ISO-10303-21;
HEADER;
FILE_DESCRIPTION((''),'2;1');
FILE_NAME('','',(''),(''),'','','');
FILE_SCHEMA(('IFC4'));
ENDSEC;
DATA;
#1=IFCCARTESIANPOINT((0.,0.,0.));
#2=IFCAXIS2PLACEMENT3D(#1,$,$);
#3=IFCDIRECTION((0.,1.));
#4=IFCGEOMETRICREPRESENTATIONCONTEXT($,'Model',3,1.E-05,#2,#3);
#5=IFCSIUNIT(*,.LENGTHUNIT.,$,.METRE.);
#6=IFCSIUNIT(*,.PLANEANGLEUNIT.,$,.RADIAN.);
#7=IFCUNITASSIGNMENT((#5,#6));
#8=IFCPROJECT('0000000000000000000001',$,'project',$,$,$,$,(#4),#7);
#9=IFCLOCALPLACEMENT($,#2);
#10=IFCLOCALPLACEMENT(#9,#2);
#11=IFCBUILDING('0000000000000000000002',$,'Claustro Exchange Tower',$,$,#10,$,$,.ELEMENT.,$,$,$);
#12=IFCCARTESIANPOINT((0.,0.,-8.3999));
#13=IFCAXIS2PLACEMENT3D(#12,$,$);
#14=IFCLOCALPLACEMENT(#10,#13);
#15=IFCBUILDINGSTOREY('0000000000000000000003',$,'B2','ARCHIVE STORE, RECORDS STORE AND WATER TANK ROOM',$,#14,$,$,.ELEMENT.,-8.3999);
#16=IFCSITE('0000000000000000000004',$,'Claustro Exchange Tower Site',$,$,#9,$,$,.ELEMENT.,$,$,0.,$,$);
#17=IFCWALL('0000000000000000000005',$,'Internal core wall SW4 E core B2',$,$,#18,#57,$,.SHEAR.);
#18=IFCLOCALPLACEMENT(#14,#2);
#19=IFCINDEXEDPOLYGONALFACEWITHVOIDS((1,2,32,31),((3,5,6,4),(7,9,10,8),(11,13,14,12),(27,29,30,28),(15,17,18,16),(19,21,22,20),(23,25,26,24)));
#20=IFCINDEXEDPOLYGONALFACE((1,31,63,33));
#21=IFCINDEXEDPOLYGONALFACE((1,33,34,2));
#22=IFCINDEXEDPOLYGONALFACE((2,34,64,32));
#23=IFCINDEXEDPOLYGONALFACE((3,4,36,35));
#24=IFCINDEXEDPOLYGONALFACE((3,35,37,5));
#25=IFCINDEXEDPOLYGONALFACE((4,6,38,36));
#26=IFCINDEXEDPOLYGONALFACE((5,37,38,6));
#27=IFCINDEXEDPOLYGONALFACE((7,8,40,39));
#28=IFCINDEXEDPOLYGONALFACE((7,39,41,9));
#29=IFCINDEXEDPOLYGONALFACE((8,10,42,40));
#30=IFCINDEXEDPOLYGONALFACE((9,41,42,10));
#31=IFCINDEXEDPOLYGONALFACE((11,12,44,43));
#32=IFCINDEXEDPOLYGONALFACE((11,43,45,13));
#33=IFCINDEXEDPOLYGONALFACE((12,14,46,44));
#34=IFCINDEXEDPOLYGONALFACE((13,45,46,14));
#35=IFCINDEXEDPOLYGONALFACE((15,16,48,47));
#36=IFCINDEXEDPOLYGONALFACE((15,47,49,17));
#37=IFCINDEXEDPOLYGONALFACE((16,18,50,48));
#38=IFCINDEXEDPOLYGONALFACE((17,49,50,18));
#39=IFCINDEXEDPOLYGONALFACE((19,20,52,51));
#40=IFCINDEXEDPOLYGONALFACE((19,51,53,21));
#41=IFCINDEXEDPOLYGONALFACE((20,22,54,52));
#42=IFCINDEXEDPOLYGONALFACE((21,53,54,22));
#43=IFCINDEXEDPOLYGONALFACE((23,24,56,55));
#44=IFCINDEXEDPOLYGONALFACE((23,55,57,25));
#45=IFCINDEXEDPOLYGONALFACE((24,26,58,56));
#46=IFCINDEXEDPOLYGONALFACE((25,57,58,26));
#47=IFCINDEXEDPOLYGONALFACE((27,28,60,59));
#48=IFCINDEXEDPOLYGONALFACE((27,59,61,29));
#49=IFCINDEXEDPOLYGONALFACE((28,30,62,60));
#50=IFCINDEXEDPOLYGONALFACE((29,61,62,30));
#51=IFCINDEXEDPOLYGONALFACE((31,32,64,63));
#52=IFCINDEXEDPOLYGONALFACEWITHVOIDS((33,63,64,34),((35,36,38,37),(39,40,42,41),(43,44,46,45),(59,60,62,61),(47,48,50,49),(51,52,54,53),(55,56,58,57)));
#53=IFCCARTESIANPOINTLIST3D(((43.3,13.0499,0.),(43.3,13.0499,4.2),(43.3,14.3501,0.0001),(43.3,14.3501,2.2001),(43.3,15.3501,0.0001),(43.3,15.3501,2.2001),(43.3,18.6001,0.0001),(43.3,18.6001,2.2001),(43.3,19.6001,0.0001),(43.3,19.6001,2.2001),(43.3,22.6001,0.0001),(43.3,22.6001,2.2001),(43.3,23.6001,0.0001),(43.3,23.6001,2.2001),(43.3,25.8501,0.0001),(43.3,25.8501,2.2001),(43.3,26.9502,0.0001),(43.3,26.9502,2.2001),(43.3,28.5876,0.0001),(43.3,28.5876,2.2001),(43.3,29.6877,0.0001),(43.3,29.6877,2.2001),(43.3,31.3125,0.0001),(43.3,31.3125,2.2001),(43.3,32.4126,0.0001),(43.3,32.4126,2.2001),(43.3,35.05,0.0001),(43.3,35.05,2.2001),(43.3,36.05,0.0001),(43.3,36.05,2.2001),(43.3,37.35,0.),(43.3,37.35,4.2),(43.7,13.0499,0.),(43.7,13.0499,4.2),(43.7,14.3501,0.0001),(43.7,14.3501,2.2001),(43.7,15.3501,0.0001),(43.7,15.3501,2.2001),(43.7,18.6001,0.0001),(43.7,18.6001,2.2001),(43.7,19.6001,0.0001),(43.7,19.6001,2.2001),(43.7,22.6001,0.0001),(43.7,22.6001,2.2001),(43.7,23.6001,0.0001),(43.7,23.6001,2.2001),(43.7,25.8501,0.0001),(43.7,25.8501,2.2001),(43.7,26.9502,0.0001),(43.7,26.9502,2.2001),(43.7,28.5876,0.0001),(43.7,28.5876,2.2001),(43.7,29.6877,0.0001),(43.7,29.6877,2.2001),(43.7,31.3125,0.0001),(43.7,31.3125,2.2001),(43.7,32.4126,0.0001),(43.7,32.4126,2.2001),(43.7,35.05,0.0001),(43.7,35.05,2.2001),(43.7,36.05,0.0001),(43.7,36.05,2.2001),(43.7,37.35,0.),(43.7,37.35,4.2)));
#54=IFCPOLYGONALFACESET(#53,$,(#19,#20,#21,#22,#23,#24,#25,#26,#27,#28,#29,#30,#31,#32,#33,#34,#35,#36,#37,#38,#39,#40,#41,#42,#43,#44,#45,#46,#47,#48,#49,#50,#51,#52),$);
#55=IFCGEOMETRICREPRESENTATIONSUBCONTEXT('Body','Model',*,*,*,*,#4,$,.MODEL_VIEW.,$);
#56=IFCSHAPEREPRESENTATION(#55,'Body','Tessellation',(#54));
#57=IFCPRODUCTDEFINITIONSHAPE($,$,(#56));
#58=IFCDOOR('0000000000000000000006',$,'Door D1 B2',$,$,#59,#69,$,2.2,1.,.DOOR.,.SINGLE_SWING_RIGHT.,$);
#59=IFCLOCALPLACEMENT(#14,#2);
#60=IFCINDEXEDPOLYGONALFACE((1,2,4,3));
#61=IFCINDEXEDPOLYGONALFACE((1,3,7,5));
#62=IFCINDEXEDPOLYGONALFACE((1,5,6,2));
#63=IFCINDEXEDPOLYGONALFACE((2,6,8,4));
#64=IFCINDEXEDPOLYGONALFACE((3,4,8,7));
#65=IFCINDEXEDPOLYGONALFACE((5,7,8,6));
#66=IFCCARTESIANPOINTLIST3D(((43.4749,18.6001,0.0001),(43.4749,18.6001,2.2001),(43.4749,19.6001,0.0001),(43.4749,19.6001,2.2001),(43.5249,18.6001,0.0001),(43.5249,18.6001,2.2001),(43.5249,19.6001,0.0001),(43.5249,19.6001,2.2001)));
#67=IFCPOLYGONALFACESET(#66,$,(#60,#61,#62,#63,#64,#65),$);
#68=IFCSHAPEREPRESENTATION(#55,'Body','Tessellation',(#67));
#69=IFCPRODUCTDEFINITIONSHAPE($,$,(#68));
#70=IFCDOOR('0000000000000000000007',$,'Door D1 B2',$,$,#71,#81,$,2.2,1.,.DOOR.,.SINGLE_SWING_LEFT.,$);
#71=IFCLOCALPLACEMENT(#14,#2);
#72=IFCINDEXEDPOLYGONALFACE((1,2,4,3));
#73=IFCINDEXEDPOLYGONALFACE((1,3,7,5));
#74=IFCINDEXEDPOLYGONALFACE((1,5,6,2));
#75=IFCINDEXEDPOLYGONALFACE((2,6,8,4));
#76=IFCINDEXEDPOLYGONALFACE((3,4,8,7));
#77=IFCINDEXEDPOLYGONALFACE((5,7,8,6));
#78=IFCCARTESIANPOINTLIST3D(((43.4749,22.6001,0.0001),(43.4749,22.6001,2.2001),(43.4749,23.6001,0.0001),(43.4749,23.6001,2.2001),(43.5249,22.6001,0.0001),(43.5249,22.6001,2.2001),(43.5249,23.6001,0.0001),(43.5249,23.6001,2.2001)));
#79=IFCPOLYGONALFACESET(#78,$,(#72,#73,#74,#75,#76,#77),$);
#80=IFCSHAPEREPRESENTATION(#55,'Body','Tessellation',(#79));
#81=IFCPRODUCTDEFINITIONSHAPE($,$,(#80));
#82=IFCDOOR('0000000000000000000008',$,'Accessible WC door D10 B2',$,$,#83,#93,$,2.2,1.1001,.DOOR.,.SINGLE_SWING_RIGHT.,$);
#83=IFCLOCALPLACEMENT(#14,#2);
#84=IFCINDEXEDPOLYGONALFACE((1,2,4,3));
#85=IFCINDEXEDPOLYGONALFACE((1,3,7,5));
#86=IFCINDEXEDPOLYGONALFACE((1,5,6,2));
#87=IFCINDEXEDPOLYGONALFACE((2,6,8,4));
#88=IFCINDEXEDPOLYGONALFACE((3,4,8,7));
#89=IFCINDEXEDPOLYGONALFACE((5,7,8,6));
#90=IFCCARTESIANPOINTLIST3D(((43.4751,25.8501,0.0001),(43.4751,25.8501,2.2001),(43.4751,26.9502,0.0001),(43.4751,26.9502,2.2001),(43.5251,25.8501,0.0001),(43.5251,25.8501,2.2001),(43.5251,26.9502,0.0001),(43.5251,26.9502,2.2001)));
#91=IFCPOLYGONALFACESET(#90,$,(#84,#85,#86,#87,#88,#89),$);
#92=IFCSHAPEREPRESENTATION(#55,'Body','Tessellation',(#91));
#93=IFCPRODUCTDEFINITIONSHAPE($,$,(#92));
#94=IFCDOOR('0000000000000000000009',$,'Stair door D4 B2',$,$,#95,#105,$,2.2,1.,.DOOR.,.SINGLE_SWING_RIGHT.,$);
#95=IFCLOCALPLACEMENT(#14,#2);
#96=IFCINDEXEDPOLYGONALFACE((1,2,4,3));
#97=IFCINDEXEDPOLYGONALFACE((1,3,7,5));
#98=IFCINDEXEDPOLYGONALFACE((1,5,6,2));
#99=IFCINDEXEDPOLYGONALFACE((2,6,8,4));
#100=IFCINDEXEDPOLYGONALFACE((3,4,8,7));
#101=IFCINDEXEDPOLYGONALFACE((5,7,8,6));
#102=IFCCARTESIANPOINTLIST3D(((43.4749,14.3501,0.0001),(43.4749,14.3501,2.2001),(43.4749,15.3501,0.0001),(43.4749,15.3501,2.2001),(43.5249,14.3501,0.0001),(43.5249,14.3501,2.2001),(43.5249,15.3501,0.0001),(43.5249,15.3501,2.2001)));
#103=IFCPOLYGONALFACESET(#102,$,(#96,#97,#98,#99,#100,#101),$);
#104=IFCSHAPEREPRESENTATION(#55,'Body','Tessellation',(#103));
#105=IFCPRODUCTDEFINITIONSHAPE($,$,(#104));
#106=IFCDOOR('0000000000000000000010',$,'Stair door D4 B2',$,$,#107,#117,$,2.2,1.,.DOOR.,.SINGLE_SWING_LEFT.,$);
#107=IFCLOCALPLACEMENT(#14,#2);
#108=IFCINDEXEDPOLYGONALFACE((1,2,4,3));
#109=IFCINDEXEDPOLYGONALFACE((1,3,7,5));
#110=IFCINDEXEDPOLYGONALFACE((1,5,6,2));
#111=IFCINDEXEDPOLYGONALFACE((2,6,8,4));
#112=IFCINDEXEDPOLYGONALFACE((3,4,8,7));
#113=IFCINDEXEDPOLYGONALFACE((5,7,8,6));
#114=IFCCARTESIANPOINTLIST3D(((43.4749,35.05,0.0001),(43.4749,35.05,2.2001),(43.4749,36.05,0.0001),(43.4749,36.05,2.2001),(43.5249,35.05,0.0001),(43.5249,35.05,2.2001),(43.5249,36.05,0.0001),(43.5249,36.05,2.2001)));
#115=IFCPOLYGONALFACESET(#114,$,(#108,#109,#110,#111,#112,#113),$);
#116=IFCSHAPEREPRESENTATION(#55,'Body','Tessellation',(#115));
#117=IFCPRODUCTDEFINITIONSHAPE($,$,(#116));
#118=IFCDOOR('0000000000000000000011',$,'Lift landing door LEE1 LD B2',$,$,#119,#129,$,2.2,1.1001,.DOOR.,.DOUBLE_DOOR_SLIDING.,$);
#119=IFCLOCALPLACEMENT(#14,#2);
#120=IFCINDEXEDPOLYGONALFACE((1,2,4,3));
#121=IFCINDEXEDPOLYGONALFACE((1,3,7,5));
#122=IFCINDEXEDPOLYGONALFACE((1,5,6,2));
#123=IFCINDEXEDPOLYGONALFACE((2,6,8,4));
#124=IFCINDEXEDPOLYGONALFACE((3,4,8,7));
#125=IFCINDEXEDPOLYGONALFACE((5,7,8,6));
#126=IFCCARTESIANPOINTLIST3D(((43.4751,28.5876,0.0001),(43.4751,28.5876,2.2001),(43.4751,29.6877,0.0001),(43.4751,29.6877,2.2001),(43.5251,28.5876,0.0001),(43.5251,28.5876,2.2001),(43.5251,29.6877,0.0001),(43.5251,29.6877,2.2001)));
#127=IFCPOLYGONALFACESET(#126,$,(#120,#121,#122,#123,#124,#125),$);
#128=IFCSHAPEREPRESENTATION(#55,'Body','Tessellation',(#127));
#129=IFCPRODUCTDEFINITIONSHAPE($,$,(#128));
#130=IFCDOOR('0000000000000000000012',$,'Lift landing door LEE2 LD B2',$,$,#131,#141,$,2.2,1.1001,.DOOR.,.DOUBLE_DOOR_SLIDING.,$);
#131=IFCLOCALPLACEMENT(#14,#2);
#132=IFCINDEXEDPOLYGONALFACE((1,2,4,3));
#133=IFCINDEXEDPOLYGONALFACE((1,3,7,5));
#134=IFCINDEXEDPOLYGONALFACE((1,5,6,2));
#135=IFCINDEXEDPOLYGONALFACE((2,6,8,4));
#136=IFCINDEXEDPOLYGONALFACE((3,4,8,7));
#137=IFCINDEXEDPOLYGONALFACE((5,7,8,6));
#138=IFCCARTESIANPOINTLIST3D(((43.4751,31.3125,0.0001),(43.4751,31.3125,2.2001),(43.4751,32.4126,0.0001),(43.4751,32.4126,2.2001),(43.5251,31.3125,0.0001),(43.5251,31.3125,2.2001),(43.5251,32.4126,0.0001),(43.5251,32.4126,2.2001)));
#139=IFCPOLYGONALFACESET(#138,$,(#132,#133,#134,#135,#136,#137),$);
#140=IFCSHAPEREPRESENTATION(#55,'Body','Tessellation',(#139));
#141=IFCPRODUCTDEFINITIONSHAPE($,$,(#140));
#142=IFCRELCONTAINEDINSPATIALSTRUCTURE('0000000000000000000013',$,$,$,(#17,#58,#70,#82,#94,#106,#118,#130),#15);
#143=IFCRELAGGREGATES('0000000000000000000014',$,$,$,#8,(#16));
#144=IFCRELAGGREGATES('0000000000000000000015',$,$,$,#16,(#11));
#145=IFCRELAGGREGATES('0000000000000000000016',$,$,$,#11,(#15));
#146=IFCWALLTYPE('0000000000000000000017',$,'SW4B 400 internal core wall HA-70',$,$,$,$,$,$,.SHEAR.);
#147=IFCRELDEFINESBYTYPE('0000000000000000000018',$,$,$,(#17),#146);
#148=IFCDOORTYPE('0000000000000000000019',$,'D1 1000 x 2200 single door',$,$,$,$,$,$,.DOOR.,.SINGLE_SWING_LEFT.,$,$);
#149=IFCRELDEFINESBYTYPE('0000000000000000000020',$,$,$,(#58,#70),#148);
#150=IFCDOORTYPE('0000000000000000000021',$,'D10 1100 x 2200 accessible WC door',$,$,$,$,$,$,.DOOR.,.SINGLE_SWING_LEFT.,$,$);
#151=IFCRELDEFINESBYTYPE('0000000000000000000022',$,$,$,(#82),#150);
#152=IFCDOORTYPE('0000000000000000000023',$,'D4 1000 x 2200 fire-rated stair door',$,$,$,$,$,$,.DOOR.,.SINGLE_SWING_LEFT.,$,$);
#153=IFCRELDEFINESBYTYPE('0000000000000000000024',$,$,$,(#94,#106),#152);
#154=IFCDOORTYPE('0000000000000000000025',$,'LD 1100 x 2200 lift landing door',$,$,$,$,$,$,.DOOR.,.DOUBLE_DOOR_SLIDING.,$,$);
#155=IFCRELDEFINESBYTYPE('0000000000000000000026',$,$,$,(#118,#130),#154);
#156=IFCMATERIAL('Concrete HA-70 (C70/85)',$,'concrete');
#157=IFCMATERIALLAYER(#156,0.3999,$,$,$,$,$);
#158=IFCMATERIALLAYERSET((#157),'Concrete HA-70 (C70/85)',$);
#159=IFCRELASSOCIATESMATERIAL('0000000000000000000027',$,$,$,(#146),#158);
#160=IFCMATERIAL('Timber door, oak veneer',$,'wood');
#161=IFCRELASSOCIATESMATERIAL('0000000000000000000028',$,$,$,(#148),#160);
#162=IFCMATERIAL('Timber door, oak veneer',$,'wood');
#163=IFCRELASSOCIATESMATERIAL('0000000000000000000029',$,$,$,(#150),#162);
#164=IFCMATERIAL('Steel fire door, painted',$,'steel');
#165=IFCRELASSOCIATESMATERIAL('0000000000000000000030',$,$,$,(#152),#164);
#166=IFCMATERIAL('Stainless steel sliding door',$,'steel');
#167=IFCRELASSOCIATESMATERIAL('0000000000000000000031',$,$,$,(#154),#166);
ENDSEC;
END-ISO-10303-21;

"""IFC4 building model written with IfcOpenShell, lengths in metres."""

from ifc_helpers import new_model, si_unit, direction, frame, frame_2d, origin, place, context, subcontext, project, spatial, rectangle, extrude, material, layer, layer_set, type_object, element, fill, save


model = new_model("IFC4")

# Units and contexts
model_context = context("Model", 3, precision=1e-05, world=origin(), true_north=direction((0.0, 1.0)))
body_context = subcontext(model_context, "Body", "Model", "MODEL_VIEW")
ifc_project = project(units=[si_unit("LENGTHUNIT", "METRE"), si_unit("PLANEANGLEUNIT", "RADIAN")], contexts=[model_context])

# Site, building, storey
site_placement = place(None, origin())
site = spatial("IfcSite", under=ifc_project, at=site_placement, Name="Claustro Exchange Tower Site", CompositionType="ELEMENT", RefElevation=0.0)
building_placement = place(site_placement, origin())
building = spatial("IfcBuilding", under=site, at=building_placement, Name="Claustro Exchange Tower", CompositionType="ELEMENT")
storey_placement = place(building_placement, frame((0.0, 0.0, -8.3999)))
storey = spatial("IfcBuildingStorey", under=building, at=storey_placement, Name="B2", Description="ARCHIVE STORE, RECORDS STORE AND WATER TANK ROOM", CompositionType="ELEMENT", Elevation=-8.3999)

# Wall, openings, doors
ifc_material_1 = material(Name="Concrete HA-70 (C70/85)", Category="concrete")
ifc_layer_1 = layer(ifc_material_1, 0.3999)
ifc_layer_set_1 = layer_set([ifc_layer_1], Name="Concrete HA-70 (C70/85)")
wall_type_1 = type_object("IfcWallType", Name="SW4B 400 internal core wall HA-70", PredefinedType="SHEAR", material=ifc_layer_set_1)
wall_1_placement = place(storey_placement, frame((43.5, 13.05, 0.0), z_axis=(0.0, 0.0, 1.0), x_axis=(0.0, 1.0, 0.0)))
wall_1 = element("IfcWall", 1, at=wall_1_placement, inside=storey, type_object=wall_type_1, Name="Internal core wall SW4 E core B2", PredefinedType="SHEAR", context=body_context, shape_type="SweptSolid", body=[
    extrude(rectangle(XDim=24.3, YDim=0.3999, at=frame_2d((12.1499, 0.0))), origin(), (0.0, 0.0, 1.0), 4.2),
])
opening_1_placement = place(wall_1_placement, frame((1.3, 0.0, 0.0)))
opening_1 = element("IfcOpeningElement", 2, at=opening_1_placement, cuts=wall_1, PredefinedType="OPENING", context=body_context, shape_type="SweptSolid", body=[
    extrude(rectangle(XDim=1.0, YDim=2.2, at=frame_2d((0.5, 1.1001))), frame((0.0, 0.21, 0.0), z_axis=(0.0, -1.0, 0.0), x_axis=(1.0, 0.0, 0.0)), (0.0, 0.0, 1.0), 0.4199),
])
opening_2_placement = place(wall_1_placement, frame((22.0, 0.0, 0.0)))
opening_2 = element("IfcOpeningElement", 3, at=opening_2_placement, cuts=wall_1, PredefinedType="OPENING", context=body_context, shape_type="SweptSolid", body=[
    extrude(rectangle(XDim=1.0, YDim=2.2, at=frame_2d((0.5, 1.1001))), frame((0.0, 0.21, 0.0), z_axis=(0.0, -1.0, 0.0), x_axis=(1.0, 0.0, 0.0)), (0.0, 0.0, 1.0), 0.4199),
])
opening_3_placement = place(wall_1_placement, frame((5.55, 0.0, 0.0)))
opening_3 = element("IfcOpeningElement", 4, at=opening_3_placement, cuts=wall_1, PredefinedType="OPENING", context=body_context, shape_type="SweptSolid", body=[
    extrude(rectangle(XDim=1.0, YDim=2.2, at=frame_2d((0.5, 1.1001))), frame((0.0, 0.21, 0.0), z_axis=(0.0, -1.0, 0.0), x_axis=(1.0, 0.0, 0.0)), (0.0, 0.0, 1.0), 0.4199),
])
opening_4_placement = place(wall_1_placement, frame((9.55, 0.0, 0.0)))
opening_4 = element("IfcOpeningElement", 5, at=opening_4_placement, cuts=wall_1, PredefinedType="OPENING", context=body_context, shape_type="SweptSolid", body=[
    extrude(rectangle(XDim=1.0, YDim=2.2, at=frame_2d((0.5, 1.1001))), frame((0.0, 0.21, 0.0), z_axis=(0.0, -1.0, 0.0), x_axis=(1.0, 0.0, 0.0)), (0.0, 0.0, 1.0), 0.4199),
])
opening_5_placement = place(wall_1_placement, frame((12.8, 0.0, 0.0)))
opening_5 = element("IfcOpeningElement", 6, at=opening_5_placement, cuts=wall_1, PredefinedType="OPENING", context=body_context, shape_type="SweptSolid", body=[
    extrude(rectangle(XDim=1.1001, YDim=2.2, at=frame_2d((0.55, 1.1001))), frame((0.0, 0.21, 0.0), z_axis=(0.0, -1.0, 0.0), x_axis=(1.0, 0.0, 0.0)), (0.0, 0.0, 1.0), 0.4199),
])
opening_6_placement = place(wall_1_placement, frame((15.5376, 0.0, 0.0)))
opening_6 = element("IfcOpeningElement", 7, at=opening_6_placement, cuts=wall_1, PredefinedType="OPENING", context=body_context, shape_type="SweptSolid", body=[
    extrude(rectangle(XDim=1.1001, YDim=2.2, at=frame_2d((0.55, 1.1001))), frame((0.0, 0.21, 0.0), z_axis=(0.0, -1.0, 0.0), x_axis=(1.0, 0.0, 0.0)), (0.0, 0.0, 1.0), 0.4199),
])
opening_7_placement = place(wall_1_placement, frame((18.2625, 0.0, 0.0)))
opening_7 = element("IfcOpeningElement", 8, at=opening_7_placement, cuts=wall_1, PredefinedType="OPENING", context=body_context, shape_type="SweptSolid", body=[
    extrude(rectangle(XDim=1.1001, YDim=2.2, at=frame_2d((0.55, 1.1001))), frame((0.0, 0.21, 0.0), z_axis=(0.0, -1.0, 0.0), x_axis=(1.0, 0.0, 0.0)), (0.0, 0.0, 1.0), 0.4199),
])
ifc_material_2 = material(Name="Timber door, oak veneer", Category="wood")
door_type_1 = type_object("IfcDoorType", Name="D1 1000 x 2200 single door", OperationType="SINGLE_SWING_LEFT", PredefinedType="DOOR", material=ifc_material_2)
door_1_placement = place(opening_3_placement, frame((1.0, 0.0, 0.0), z_axis=(0.0, 0.0, 1.0), x_axis=(-1.0, 0.0, 0.0)))
door_1 = element("IfcDoor", 9, at=door_1_placement, inside=storey, type_object=door_type_1, Name="Door D1 B2", OperationType="SINGLE_SWING_RIGHT", OverallHeight=2.2, OverallWidth=1.0, PredefinedType="DOOR", context=body_context, shape_type="SweptSolid", body=[
    extrude(rectangle(XDim=1.0, YDim=2.2, at=frame_2d((0.5, 1.1001))), frame((0.0, 0.0249, 0.0), z_axis=(0.0, -1.0, 0.0), x_axis=(1.0, 0.0, 0.0)), (0.0, 0.0, 1.0), 0.05),
])
fill(opening_3, door_1)
door_2_placement = place(opening_4_placement, frame((1.0, 0.0, 0.0), z_axis=(0.0, 0.0, 1.0), x_axis=(-1.0, 0.0, 0.0)))
door_2 = element("IfcDoor", 10, at=door_2_placement, inside=storey, type_object=door_type_1, Name="Door D1 B2", OperationType="SINGLE_SWING_LEFT", OverallHeight=2.2, OverallWidth=1.0, PredefinedType="DOOR", context=body_context, shape_type="SweptSolid", body=[
    extrude(rectangle(XDim=1.0, YDim=2.2, at=frame_2d((0.5, 1.1001))), frame((0.0, 0.0249, 0.0), z_axis=(0.0, -1.0, 0.0), x_axis=(1.0, 0.0, 0.0)), (0.0, 0.0, 1.0), 0.05),
])
fill(opening_4, door_2)
ifc_material_3 = material(Name="Timber door, oak veneer", Category="wood")
door_type_2 = type_object("IfcDoorType", Name="D10 1100 x 2200 accessible WC door", OperationType="SINGLE_SWING_LEFT", PredefinedType="DOOR", material=ifc_material_3)
door_3_placement = place(opening_5_placement, origin())
door_3 = element("IfcDoor", 11, at=door_3_placement, inside=storey, type_object=door_type_2, Name="Accessible WC door D10 B2", OperationType="SINGLE_SWING_RIGHT", OverallHeight=2.2, OverallWidth=1.1001, PredefinedType="DOOR", context=body_context, shape_type="SweptSolid", body=[
    extrude(rectangle(XDim=1.1001, YDim=2.2, at=frame_2d((0.55, 1.1001))), frame((0.0, 0.0249, 0.0), z_axis=(0.0, -1.0, 0.0), x_axis=(1.0, 0.0, 0.0)), (0.0, 0.0, 1.0), 0.05),
])
fill(opening_5, door_3)
ifc_material_4 = material(Name="Steel fire door, painted", Category="steel")
door_type_3 = type_object("IfcDoorType", Name="D4 1000 x 2200 fire-rated stair door", OperationType="SINGLE_SWING_LEFT", PredefinedType="DOOR", material=ifc_material_4)
door_4_placement = place(opening_1_placement, frame((1.0, 0.0, 0.0), z_axis=(0.0, 0.0, 1.0), x_axis=(-1.0, 0.0, 0.0)))
door_4 = element("IfcDoor", 12, at=door_4_placement, inside=storey, type_object=door_type_3, Name="Stair door D4 B2", OperationType="SINGLE_SWING_RIGHT", OverallHeight=2.2, OverallWidth=1.0, PredefinedType="DOOR", context=body_context, shape_type="SweptSolid", body=[
    extrude(rectangle(XDim=1.0, YDim=2.2, at=frame_2d((0.5, 1.1001))), frame((0.0, 0.0249, 0.0), z_axis=(0.0, -1.0, 0.0), x_axis=(1.0, 0.0, 0.0)), (0.0, 0.0, 1.0), 0.05),
])
fill(opening_1, door_4)
door_5_placement = place(opening_2_placement, frame((1.0, 0.0, 0.0), z_axis=(0.0, 0.0, 1.0), x_axis=(-1.0, 0.0, 0.0)))
door_5 = element("IfcDoor", 13, at=door_5_placement, inside=storey, type_object=door_type_3, Name="Stair door D4 B2", OperationType="SINGLE_SWING_LEFT", OverallHeight=2.2, OverallWidth=1.0, PredefinedType="DOOR", context=body_context, shape_type="SweptSolid", body=[
    extrude(rectangle(XDim=1.0, YDim=2.2, at=frame_2d((0.5, 1.1001))), frame((0.0, 0.0249, 0.0), z_axis=(0.0, -1.0, 0.0), x_axis=(1.0, 0.0, 0.0)), (0.0, 0.0, 1.0), 0.05),
])
fill(opening_2, door_5)
ifc_material_5 = material(Name="Stainless steel sliding door", Category="steel")
door_type_4 = type_object("IfcDoorType", Name="LD 1100 x 2200 lift landing door", OperationType="DOUBLE_DOOR_SLIDING", PredefinedType="DOOR", material=ifc_material_5)
door_6_placement = place(opening_6_placement, origin())
door_6 = element("IfcDoor", 14, at=door_6_placement, inside=storey, type_object=door_type_4, Name="Lift landing door LEE1 LD B2", OperationType="DOUBLE_DOOR_SLIDING", OverallHeight=2.2, OverallWidth=1.1001, PredefinedType="DOOR", context=body_context, shape_type="SweptSolid", body=[
    extrude(rectangle(XDim=1.1001, YDim=2.2, at=frame_2d((0.55, 1.1001))), frame((0.0, 0.0249, 0.0), z_axis=(0.0, -1.0, 0.0), x_axis=(1.0, 0.0, 0.0)), (0.0, 0.0, 1.0), 0.05),
])
fill(opening_6, door_6)
door_7_placement = place(opening_7_placement, origin())
door_7 = element("IfcDoor", 15, at=door_7_placement, inside=storey, type_object=door_type_4, Name="Lift landing door LEE2 LD B2", OperationType="DOUBLE_DOOR_SLIDING", OverallHeight=2.2, OverallWidth=1.1001, PredefinedType="DOOR", context=body_context, shape_type="SweptSolid", body=[
    extrude(rectangle(XDim=1.1001, YDim=2.2, at=frame_2d((0.55, 1.1001))), frame((0.0, 0.0249, 0.0), z_axis=(0.0, -1.0, 0.0), x_axis=(1.0, 0.0, 0.0)), (0.0, 0.0, 1.0), 0.05),
])
fill(opening_7, door_7)

save(model, "model.ifc")
